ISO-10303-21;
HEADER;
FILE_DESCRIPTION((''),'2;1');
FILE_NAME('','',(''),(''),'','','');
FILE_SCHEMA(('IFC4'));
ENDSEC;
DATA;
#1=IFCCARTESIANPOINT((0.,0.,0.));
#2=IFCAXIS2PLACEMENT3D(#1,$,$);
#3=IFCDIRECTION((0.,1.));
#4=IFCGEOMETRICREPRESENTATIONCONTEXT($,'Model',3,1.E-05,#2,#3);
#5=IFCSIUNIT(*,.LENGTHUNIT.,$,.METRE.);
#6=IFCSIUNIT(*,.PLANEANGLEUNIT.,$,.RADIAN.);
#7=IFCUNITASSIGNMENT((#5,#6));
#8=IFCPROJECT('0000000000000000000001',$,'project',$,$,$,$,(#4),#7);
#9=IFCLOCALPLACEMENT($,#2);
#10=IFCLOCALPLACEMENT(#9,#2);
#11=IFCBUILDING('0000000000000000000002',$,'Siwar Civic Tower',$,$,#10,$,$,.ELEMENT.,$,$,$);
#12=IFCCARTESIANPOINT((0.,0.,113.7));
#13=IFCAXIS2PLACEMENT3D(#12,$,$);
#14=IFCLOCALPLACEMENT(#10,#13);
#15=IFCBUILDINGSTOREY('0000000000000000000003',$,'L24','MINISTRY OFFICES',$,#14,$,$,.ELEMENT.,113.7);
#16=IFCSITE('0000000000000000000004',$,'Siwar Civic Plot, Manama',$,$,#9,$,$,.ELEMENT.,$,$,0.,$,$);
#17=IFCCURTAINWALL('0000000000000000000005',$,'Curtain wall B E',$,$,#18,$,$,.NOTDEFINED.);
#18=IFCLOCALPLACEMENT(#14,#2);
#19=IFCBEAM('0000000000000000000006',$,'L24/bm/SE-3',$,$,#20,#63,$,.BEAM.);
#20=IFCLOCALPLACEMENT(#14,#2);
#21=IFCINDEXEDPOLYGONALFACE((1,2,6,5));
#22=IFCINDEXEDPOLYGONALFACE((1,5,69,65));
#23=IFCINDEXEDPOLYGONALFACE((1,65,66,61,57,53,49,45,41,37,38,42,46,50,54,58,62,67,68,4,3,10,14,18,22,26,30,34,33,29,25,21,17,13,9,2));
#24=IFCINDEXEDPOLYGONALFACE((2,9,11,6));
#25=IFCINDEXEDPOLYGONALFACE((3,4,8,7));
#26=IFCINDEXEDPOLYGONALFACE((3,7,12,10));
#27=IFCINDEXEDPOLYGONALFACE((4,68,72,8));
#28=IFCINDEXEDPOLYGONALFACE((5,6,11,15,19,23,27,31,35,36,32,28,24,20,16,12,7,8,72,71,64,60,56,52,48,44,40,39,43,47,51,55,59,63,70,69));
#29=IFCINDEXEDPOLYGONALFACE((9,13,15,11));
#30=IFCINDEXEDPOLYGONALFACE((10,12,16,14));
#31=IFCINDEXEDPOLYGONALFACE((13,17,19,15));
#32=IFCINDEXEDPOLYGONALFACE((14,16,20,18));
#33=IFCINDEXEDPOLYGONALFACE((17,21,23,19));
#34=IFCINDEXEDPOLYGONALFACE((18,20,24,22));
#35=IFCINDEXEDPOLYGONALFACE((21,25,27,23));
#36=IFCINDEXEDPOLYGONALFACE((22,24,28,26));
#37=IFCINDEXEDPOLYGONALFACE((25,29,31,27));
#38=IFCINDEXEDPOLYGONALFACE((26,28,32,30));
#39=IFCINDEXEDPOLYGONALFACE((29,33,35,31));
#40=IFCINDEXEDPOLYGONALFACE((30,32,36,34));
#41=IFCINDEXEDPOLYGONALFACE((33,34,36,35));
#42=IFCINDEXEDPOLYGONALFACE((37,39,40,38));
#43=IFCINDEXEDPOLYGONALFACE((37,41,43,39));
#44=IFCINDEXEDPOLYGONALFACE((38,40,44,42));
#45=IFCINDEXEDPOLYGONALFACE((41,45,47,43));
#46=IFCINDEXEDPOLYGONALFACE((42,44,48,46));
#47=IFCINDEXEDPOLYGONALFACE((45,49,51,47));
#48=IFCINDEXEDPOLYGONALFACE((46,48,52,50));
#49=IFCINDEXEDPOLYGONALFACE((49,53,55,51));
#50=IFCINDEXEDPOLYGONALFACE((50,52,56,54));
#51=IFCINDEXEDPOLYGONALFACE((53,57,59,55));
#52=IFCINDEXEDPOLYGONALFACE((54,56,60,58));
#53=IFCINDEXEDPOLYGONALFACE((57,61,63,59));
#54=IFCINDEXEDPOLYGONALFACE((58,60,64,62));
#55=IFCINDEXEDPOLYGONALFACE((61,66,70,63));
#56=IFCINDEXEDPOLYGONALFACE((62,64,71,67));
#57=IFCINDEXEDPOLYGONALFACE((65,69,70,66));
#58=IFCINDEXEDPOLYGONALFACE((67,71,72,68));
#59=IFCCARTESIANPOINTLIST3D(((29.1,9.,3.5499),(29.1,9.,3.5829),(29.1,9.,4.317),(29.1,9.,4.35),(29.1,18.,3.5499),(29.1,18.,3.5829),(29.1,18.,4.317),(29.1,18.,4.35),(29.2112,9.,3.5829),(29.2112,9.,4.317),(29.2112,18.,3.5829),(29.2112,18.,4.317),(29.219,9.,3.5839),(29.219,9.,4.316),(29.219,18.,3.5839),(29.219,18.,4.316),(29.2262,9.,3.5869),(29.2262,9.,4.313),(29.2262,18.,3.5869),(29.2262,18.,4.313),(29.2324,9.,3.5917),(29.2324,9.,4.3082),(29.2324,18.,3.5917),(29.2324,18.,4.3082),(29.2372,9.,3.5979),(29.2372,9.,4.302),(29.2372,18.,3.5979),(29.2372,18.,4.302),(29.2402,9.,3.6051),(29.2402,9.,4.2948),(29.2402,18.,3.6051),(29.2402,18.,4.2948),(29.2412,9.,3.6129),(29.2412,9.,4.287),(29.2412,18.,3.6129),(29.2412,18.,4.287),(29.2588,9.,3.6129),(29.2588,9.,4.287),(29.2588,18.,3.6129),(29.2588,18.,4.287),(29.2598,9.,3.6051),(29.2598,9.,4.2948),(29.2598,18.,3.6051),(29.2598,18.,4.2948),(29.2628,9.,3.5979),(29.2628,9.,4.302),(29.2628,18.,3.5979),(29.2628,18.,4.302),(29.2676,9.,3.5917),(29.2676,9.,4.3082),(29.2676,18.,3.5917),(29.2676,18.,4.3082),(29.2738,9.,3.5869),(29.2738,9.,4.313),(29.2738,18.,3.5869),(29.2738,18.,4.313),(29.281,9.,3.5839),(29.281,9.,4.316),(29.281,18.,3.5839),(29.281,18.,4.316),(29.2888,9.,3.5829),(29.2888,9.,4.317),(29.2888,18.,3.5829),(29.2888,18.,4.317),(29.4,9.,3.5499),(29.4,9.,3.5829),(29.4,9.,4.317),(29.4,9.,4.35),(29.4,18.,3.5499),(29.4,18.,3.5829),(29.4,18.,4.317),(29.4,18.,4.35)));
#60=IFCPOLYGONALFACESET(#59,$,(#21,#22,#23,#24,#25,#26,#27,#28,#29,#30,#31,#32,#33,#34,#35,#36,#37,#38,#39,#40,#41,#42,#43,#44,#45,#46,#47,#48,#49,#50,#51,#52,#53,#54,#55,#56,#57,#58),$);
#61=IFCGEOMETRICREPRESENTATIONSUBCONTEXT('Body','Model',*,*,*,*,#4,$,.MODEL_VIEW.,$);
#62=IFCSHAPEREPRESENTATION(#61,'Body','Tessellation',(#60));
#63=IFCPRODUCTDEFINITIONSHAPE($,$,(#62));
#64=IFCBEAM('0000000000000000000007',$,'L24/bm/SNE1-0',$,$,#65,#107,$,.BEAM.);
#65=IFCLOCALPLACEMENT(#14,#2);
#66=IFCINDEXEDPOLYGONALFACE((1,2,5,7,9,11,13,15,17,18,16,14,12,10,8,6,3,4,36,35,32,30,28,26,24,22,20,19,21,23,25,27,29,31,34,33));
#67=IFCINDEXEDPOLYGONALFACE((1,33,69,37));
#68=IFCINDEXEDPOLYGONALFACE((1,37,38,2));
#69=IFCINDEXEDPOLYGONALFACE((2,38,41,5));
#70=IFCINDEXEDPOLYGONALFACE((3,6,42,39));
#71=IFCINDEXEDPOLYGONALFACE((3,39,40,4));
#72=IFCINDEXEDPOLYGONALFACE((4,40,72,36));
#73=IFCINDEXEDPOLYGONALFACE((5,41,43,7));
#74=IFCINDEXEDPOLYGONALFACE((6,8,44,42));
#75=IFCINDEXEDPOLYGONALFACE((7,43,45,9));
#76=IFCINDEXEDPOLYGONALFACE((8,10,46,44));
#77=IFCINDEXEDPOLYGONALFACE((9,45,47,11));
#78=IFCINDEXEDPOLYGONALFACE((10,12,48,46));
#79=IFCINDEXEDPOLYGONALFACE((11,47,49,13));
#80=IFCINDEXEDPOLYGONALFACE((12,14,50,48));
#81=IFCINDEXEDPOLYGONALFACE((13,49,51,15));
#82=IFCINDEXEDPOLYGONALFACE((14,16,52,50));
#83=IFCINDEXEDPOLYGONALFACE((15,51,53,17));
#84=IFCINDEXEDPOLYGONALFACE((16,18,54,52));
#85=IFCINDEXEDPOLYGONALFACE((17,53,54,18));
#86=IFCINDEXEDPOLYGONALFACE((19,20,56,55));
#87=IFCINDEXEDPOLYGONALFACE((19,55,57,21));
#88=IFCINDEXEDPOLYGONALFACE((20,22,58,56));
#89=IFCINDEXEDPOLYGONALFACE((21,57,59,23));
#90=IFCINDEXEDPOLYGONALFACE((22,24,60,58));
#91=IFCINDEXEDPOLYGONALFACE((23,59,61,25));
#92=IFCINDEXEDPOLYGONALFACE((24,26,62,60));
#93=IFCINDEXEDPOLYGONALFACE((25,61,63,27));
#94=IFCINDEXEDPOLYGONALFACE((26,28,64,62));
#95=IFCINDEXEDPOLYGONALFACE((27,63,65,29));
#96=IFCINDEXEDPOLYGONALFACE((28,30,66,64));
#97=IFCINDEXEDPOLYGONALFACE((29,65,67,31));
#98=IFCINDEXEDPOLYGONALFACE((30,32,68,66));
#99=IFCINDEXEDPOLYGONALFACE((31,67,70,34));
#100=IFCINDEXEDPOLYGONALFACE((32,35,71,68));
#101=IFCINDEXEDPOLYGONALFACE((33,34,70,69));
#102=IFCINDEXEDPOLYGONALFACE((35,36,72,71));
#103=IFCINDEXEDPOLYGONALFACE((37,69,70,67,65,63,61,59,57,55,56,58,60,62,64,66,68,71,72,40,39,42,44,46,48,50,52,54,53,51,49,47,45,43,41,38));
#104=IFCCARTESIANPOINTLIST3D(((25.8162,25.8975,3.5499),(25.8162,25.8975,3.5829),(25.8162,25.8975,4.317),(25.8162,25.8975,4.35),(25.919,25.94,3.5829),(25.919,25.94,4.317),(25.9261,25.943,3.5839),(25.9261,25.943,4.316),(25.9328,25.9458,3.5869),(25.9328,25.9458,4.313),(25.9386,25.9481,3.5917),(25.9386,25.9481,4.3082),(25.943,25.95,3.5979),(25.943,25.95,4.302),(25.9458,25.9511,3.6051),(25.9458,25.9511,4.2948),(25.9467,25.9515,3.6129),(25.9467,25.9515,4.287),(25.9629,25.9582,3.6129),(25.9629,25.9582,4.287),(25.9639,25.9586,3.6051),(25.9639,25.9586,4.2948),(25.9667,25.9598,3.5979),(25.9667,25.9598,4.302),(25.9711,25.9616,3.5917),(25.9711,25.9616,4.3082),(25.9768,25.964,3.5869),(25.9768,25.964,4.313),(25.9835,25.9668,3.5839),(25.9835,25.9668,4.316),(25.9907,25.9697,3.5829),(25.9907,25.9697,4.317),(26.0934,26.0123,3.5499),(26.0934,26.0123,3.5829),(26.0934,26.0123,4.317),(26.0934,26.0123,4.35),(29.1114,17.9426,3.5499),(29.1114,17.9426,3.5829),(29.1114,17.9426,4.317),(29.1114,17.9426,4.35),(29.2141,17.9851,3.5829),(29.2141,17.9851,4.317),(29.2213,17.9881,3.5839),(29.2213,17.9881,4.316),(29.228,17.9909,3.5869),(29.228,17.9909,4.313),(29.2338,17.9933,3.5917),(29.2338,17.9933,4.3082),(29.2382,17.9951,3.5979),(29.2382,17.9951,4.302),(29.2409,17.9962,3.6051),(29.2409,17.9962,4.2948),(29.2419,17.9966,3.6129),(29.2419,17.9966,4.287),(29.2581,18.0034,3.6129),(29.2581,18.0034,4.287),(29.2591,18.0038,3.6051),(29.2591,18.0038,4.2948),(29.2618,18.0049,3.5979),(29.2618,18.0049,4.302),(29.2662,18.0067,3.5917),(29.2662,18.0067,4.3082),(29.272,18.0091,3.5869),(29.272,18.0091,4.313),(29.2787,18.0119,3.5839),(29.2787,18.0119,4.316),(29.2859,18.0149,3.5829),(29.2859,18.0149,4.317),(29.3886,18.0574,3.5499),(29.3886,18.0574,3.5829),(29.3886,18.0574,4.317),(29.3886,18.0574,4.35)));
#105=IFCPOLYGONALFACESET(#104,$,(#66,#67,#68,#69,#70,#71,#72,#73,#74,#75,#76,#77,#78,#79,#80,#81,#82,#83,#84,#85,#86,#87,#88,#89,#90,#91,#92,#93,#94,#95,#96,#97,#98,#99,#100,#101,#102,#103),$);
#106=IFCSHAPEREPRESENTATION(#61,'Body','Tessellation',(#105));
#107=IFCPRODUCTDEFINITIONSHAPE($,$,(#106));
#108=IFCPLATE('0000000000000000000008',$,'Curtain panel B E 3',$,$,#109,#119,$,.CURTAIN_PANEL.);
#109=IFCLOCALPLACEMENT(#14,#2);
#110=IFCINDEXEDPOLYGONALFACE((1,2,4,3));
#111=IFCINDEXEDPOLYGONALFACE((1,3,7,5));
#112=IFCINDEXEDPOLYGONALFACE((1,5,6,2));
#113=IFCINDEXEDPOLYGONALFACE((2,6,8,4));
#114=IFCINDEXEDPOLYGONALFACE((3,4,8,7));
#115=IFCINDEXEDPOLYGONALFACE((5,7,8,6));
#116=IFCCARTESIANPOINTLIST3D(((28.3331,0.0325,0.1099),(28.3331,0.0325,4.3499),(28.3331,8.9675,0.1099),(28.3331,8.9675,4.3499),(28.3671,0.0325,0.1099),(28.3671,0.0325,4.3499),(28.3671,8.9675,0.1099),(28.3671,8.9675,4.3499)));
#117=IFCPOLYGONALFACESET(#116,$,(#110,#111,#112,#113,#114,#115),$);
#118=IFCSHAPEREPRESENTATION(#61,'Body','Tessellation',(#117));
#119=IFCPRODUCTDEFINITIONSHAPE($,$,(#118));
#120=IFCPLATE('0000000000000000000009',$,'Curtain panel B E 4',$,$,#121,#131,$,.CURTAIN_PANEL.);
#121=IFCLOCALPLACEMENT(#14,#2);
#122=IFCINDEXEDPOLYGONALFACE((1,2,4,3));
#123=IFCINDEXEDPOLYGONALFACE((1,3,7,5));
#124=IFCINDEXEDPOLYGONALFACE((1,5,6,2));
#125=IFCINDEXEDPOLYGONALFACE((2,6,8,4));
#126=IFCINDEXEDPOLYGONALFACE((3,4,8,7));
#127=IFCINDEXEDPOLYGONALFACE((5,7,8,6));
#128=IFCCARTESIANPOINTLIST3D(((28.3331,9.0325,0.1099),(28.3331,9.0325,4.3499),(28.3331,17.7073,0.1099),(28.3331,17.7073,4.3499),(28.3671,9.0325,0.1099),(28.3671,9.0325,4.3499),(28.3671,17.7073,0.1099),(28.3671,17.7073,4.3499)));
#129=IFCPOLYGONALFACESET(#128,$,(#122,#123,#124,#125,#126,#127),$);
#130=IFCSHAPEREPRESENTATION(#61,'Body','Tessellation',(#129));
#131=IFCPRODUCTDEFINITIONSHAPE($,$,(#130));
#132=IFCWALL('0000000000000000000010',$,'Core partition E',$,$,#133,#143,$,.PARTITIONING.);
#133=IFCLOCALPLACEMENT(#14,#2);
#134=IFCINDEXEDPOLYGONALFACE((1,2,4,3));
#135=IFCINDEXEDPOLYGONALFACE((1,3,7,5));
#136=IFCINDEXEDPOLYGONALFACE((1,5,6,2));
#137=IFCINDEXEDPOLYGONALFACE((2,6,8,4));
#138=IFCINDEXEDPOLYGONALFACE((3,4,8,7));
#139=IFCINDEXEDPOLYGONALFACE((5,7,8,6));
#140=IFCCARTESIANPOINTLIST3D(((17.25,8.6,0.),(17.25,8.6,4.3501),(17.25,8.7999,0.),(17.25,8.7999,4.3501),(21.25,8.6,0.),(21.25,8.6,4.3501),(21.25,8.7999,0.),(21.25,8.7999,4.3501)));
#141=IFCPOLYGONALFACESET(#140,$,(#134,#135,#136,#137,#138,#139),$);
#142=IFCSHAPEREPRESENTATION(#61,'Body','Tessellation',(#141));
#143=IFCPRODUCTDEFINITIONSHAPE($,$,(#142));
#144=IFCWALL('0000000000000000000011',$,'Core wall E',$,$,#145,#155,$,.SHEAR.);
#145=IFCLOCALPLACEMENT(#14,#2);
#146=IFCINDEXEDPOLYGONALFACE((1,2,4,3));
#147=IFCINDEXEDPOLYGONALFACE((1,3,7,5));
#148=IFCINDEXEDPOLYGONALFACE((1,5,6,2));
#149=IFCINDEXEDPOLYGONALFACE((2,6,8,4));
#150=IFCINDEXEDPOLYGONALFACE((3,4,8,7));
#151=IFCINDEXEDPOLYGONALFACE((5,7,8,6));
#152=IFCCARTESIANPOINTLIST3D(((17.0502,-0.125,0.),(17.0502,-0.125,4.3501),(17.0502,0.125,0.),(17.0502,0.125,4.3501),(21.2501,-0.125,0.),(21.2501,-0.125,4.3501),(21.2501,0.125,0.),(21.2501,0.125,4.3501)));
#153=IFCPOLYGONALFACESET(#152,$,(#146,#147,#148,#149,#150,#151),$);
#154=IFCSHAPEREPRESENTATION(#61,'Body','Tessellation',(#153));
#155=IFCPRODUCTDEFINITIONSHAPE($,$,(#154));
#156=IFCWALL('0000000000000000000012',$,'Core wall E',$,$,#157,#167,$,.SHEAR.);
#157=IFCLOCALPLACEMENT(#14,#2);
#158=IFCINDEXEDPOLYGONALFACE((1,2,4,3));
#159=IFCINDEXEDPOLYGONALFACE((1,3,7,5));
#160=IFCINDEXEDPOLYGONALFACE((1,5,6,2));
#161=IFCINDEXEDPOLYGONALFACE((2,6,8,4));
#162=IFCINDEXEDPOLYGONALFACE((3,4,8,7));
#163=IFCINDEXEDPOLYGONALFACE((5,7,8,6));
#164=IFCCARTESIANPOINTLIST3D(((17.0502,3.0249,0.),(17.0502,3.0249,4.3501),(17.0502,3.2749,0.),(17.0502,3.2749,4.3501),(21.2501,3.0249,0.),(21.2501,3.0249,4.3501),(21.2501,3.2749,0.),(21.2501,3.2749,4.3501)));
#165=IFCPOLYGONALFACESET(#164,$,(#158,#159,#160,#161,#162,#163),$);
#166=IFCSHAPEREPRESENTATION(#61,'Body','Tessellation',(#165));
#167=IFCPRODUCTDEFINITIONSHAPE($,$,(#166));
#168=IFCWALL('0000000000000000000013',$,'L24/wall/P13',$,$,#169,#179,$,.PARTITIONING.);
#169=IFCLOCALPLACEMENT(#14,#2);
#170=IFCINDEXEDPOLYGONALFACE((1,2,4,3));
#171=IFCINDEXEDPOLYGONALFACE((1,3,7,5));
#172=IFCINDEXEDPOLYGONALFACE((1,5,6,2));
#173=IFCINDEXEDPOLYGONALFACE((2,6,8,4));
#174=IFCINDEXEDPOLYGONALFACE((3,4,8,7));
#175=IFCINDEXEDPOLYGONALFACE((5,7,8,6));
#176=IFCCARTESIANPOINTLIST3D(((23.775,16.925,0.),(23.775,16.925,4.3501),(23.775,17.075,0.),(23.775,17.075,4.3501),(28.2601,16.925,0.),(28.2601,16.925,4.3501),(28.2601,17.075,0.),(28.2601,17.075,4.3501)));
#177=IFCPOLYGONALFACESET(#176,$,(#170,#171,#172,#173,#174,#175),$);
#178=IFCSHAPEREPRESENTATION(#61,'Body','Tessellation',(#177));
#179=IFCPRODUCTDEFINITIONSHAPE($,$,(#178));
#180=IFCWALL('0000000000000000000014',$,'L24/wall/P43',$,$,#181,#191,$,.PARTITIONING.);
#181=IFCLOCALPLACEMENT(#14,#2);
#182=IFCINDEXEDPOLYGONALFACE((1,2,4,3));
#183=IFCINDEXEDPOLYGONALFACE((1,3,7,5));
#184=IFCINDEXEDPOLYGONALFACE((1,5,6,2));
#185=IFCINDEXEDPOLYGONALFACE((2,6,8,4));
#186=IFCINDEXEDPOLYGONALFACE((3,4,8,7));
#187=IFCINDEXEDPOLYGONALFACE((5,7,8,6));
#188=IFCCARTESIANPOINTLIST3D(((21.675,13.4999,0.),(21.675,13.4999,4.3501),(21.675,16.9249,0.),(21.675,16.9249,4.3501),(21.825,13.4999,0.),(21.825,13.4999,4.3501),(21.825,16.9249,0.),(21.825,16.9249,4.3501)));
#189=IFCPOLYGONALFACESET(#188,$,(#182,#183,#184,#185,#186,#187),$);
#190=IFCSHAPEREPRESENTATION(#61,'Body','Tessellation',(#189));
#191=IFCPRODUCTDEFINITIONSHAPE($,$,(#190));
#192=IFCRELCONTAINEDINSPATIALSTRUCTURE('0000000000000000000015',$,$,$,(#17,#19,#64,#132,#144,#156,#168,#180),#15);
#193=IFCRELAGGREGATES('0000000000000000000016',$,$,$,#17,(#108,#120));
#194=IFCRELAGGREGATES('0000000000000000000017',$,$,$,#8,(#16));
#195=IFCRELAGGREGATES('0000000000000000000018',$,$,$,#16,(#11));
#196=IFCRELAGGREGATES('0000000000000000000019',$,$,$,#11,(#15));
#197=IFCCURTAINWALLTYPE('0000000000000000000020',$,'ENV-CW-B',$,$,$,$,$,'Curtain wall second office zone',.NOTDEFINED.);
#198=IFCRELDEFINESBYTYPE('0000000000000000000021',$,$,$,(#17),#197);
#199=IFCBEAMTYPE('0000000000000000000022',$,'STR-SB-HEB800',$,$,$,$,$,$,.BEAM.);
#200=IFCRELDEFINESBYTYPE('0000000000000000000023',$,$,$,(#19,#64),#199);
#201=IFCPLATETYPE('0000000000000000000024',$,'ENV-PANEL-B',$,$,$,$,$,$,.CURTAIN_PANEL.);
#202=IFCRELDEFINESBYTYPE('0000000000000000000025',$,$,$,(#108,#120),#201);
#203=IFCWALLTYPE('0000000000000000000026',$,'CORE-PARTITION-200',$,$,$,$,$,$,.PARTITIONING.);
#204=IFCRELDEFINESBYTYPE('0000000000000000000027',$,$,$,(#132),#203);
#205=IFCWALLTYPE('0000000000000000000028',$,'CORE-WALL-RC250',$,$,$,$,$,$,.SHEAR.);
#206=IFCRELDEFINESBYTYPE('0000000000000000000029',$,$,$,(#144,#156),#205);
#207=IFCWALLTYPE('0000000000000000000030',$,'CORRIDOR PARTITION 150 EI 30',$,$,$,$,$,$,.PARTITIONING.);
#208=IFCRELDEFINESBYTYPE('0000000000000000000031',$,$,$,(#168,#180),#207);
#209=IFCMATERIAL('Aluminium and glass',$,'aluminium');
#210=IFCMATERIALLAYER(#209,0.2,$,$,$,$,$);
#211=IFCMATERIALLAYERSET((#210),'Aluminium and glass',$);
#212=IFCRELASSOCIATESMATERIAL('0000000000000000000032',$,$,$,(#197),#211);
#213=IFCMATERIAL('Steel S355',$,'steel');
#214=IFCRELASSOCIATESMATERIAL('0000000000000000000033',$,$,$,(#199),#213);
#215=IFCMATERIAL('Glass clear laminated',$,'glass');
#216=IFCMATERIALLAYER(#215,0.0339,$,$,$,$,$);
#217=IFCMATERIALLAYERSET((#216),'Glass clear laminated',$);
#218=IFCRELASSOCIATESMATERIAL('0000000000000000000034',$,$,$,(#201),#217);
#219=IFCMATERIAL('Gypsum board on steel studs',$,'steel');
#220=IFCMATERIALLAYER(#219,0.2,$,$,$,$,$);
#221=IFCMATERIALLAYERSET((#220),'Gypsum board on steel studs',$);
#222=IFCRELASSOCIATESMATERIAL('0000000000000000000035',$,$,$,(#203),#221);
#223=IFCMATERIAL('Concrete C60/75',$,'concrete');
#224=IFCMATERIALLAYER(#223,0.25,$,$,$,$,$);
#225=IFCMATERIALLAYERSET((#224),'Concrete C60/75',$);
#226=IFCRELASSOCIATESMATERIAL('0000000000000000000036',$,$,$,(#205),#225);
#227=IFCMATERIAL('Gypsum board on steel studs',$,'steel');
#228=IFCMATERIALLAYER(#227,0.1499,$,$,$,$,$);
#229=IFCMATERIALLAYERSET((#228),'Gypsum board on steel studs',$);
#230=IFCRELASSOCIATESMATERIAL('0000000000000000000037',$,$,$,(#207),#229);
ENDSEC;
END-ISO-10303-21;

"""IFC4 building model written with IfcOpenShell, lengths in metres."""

from ifc_helpers import new_model, si_unit, direction, frame, frame_2d, origin, origin_2d, place, context, subcontext, project, spatial, rectangle, i_section, extrude, material, layer, layer_set, material_profile, profile_set, type_object, element, aggregate, save


model = new_model("IFC4")

# Units and contexts
model_context = context("Model", 3, precision=1e-05, world=origin(), true_north=direction((0.0, 1.0)))
body_context = subcontext(model_context, "Body", "Model", "MODEL_VIEW")
ifc_project = project(units=[si_unit("LENGTHUNIT", "METRE"), si_unit("PLANEANGLEUNIT", "RADIAN")], contexts=[model_context])

# Site, building, storey
site_placement = place(None, origin())
site = spatial("IfcSite", under=ifc_project, at=site_placement, Name="Siwar Civic Plot, Manama", CompositionType="ELEMENT", RefElevation=0.0)
building_placement = place(site_placement, origin())
building = spatial("IfcBuilding", under=site, at=building_placement, Name="Siwar Civic Tower", CompositionType="ELEMENT")
storey_placement = place(building_placement, frame((0.0, 0.0, 113.7)))
storey = spatial("IfcBuildingStorey", under=building, at=storey_placement, Name="L24", Description="MINISTRY OFFICES", CompositionType="ELEMENT", Elevation=113.7)

# Curtain wall
ifc_material_1 = material(Name="Aluminium and glass", Category="aluminium")
ifc_layer_1 = layer(ifc_material_1, 0.2)
ifc_layer_set_1 = layer_set([ifc_layer_1], Name="Aluminium and glass")
curtain_wall_type_1 = type_object("IfcCurtainWallType", Name="ENV-CW-B", ElementType="Curtain wall second office zone", PredefinedType="NOTDEFINED", material=ifc_layer_set_1)
curtain_wall_1_placement = place(storey_placement, origin())
curtain_wall_1 = element("IfcCurtainWall", 1, at=curtain_wall_1_placement, inside=storey, type_object=curtain_wall_type_1, Name="Curtain wall B E", PredefinedType="NOTDEFINED")

# Beams
ifc_material_2 = material(Name="Steel S355", Category="steel")
ifc_material_profile_1 = material_profile(ifc_material_2, i_section(OverallWidth=0.3, OverallDepth=0.8, WebThickness=0.0176, FlangeThickness=0.033, FilletRadius=0.03, at=origin_2d()), Name="HEB800")
ifc_profile_set_1 = profile_set([ifc_material_profile_1], Name="Steel S355")
beam_type_1 = type_object("IfcBeamType", Name="STR-SB-HEB800", PredefinedType="BEAM", material=ifc_profile_set_1)
beam_1_placement = place(storey_placement, frame((29.25, 9.0, 3.95), z_axis=(0.0, 1.0, 0.0), x_axis=(-1.0, 0.0, 0.0)))
element("IfcBeam", 2, at=beam_1_placement, inside=storey, type_object=beam_type_1, Name="L24/bm/SE-3", PredefinedType="BEAM", context=body_context, shape_type="SweptSolid", body=[
    extrude(i_section(OverallWidth=0.3, OverallDepth=0.8, WebThickness=0.0176, FlangeThickness=0.033, FilletRadius=0.03, at=origin_2d()), origin(), (0.0, 0.0, 1.0), 9.0),
])
beam_2_placement = place(storey_placement, frame((29.25, 18.0, 3.95), z_axis=(-0.3827, 0.923873, 0.0), x_axis=(-0.923873, -0.3827, 0.0)))
element("IfcBeam", 3, at=beam_2_placement, inside=storey, type_object=beam_type_1, Name="L24/bm/SNE1-0", PredefinedType="BEAM", context=body_context, shape_type="SweptSolid", body=[
    extrude(i_section(OverallWidth=0.3, OverallDepth=0.8, WebThickness=0.0176, FlangeThickness=0.033, FilletRadius=0.03, at=origin_2d()), origin(), (0.0, 0.0, 1.0), 8.6104),
])

# Plates
ifc_material_3 = material(Name="Glass clear laminated", Category="glass")
ifc_layer_2 = layer(ifc_material_3, 0.0339)
ifc_layer_set_2 = layer_set([ifc_layer_2], Name="Glass clear laminated")
plate_type = type_object("IfcPlateType", Name="ENV-PANEL-B", PredefinedType="CURTAIN_PANEL", material=ifc_layer_set_2)
plate_1_placement = place(storey_placement, frame((28.3501, 4.5, 0.1099), z_axis=(0.0, 0.0, 1.0), x_axis=(0.0, 1.0, 0.0)))
plate_1 = element("IfcPlate", 4, at=plate_1_placement, type_object=plate_type, Name="Curtain panel B E 3", PredefinedType="CURTAIN_PANEL", context=body_context, shape_type="SweptSolid", body=[
    extrude(rectangle(XDim=8.9351, YDim=0.0339, at=origin_2d()), origin(), (0.0, 0.0, 1.0), 4.24),
])
plate_2_placement = place(storey_placement, frame((28.3501, 13.3699, 0.1099), z_axis=(0.0, 0.0, 1.0), x_axis=(0.0, 1.0, 0.0)))
plate_2 = element("IfcPlate", 5, at=plate_2_placement, type_object=plate_type, Name="Curtain panel B E 4", PredefinedType="CURTAIN_PANEL", context=body_context, shape_type="SweptSolid", body=[
    extrude(rectangle(XDim=8.6748, YDim=0.0339, at=origin_2d()), origin(), (0.0, 0.0, 1.0), 4.24),
])
aggregate(curtain_wall_1, [plate_1, plate_2])

# Walls
ifc_material_4 = material(Name="Gypsum board on steel studs", Category="steel")
ifc_layer_3 = layer(ifc_material_4, 0.2)
ifc_layer_set_3 = layer_set([ifc_layer_3], Name="Gypsum board on steel studs")
wall_type_1 = type_object("IfcWallType", Name="CORE-PARTITION-200", PredefinedType="PARTITIONING", material=ifc_layer_set_3)
wall_1_placement = place(storey_placement, frame((17.25, 8.7, 0.0), z_axis=(0.0, 0.0, 1.0), x_axis=(1.0, 0.0, 0.0)))
element("IfcWall", 6, at=wall_1_placement, inside=storey, type_object=wall_type_1, Name="Core partition E", PredefinedType="PARTITIONING", context=body_context, shape_type="SweptSolid", body=[
    extrude(rectangle(XDim=4.0, YDim=0.2, at=frame_2d((2.0, 0.0))), origin(), (0.0, 0.0, 1.0), 4.3501),
])
ifc_material_5 = material(Name="Concrete C60/75", Category="concrete")
ifc_layer_4 = layer(ifc_material_5, 0.25)
ifc_layer_set_4 = layer_set([ifc_layer_4], Name="Concrete C60/75")
wall_type_2 = type_object("IfcWallType", Name="CORE-WALL-RC250", PredefinedType="SHEAR", material=ifc_layer_set_4)
for number, where, z_axis, x_axis, name in (
    (7, (17.05, 0.0, 0.0), (0.0, 0.0, 1.0), (1.0, 0.0, 0.0), "Core wall E"),
    (8, (17.05, 3.1499, 0.0), (0.0, 0.0, 1.0), (1.0, 0.0, 0.0), "Core wall E"),
):
    element("IfcWall", number, at=place(storey_placement, frame(where, z_axis=z_axis, x_axis=x_axis)), inside=storey, type_object=wall_type_2, Name=name, PredefinedType="SHEAR", context=body_context, shape_type="SweptSolid", body=[
        extrude(rectangle(XDim=4.2, YDim=0.25, at=frame_2d((2.1001, 0.0))), origin(), (0.0, 0.0, 1.0), 4.3501),
    ])
ifc_material_6 = material(Name="Gypsum board on steel studs", Category="steel")
ifc_layer_5 = layer(ifc_material_6, 0.1499)
ifc_layer_set_5 = layer_set([ifc_layer_5], Name="Gypsum board on steel studs")
wall_type_3 = type_object("IfcWallType", Name="CORRIDOR PARTITION 150 EI 30", PredefinedType="PARTITIONING", material=ifc_layer_set_5)
wall_2_placement = place(storey_placement, frame((23.7749, 17.0, 0.0), z_axis=(0.0, 0.0, 1.0), x_axis=(1.0, 0.0, 0.0)))
element("IfcWall", 9, at=wall_2_placement, inside=storey, type_object=wall_type_3, Name="L24/wall/P13", PredefinedType="PARTITIONING", context=body_context, shape_type="SweptSolid", body=[
    extrude(rectangle(XDim=4.4851, YDim=0.1499, at=frame_2d((2.2427, 0.0))), origin(), (0.0, 0.0, 1.0), 4.3501),
])
wall_3_placement = place(storey_placement, frame((21.75, 13.5, 0.0), z_axis=(0.0, 0.0, 1.0), x_axis=(0.0, 1.0, 0.0)))
element("IfcWall", 10, at=wall_3_placement, inside=storey, type_object=wall_type_3, Name="L24/wall/P43", PredefinedType="PARTITIONING", context=body_context, shape_type="SweptSolid", body=[
    extrude(rectangle(XDim=3.425, YDim=0.1499, at=frame_2d((1.7124, 0.0))), origin(), (0.0, 0.0, 1.0), 4.3501),
])

save(model, "model.ifc")
